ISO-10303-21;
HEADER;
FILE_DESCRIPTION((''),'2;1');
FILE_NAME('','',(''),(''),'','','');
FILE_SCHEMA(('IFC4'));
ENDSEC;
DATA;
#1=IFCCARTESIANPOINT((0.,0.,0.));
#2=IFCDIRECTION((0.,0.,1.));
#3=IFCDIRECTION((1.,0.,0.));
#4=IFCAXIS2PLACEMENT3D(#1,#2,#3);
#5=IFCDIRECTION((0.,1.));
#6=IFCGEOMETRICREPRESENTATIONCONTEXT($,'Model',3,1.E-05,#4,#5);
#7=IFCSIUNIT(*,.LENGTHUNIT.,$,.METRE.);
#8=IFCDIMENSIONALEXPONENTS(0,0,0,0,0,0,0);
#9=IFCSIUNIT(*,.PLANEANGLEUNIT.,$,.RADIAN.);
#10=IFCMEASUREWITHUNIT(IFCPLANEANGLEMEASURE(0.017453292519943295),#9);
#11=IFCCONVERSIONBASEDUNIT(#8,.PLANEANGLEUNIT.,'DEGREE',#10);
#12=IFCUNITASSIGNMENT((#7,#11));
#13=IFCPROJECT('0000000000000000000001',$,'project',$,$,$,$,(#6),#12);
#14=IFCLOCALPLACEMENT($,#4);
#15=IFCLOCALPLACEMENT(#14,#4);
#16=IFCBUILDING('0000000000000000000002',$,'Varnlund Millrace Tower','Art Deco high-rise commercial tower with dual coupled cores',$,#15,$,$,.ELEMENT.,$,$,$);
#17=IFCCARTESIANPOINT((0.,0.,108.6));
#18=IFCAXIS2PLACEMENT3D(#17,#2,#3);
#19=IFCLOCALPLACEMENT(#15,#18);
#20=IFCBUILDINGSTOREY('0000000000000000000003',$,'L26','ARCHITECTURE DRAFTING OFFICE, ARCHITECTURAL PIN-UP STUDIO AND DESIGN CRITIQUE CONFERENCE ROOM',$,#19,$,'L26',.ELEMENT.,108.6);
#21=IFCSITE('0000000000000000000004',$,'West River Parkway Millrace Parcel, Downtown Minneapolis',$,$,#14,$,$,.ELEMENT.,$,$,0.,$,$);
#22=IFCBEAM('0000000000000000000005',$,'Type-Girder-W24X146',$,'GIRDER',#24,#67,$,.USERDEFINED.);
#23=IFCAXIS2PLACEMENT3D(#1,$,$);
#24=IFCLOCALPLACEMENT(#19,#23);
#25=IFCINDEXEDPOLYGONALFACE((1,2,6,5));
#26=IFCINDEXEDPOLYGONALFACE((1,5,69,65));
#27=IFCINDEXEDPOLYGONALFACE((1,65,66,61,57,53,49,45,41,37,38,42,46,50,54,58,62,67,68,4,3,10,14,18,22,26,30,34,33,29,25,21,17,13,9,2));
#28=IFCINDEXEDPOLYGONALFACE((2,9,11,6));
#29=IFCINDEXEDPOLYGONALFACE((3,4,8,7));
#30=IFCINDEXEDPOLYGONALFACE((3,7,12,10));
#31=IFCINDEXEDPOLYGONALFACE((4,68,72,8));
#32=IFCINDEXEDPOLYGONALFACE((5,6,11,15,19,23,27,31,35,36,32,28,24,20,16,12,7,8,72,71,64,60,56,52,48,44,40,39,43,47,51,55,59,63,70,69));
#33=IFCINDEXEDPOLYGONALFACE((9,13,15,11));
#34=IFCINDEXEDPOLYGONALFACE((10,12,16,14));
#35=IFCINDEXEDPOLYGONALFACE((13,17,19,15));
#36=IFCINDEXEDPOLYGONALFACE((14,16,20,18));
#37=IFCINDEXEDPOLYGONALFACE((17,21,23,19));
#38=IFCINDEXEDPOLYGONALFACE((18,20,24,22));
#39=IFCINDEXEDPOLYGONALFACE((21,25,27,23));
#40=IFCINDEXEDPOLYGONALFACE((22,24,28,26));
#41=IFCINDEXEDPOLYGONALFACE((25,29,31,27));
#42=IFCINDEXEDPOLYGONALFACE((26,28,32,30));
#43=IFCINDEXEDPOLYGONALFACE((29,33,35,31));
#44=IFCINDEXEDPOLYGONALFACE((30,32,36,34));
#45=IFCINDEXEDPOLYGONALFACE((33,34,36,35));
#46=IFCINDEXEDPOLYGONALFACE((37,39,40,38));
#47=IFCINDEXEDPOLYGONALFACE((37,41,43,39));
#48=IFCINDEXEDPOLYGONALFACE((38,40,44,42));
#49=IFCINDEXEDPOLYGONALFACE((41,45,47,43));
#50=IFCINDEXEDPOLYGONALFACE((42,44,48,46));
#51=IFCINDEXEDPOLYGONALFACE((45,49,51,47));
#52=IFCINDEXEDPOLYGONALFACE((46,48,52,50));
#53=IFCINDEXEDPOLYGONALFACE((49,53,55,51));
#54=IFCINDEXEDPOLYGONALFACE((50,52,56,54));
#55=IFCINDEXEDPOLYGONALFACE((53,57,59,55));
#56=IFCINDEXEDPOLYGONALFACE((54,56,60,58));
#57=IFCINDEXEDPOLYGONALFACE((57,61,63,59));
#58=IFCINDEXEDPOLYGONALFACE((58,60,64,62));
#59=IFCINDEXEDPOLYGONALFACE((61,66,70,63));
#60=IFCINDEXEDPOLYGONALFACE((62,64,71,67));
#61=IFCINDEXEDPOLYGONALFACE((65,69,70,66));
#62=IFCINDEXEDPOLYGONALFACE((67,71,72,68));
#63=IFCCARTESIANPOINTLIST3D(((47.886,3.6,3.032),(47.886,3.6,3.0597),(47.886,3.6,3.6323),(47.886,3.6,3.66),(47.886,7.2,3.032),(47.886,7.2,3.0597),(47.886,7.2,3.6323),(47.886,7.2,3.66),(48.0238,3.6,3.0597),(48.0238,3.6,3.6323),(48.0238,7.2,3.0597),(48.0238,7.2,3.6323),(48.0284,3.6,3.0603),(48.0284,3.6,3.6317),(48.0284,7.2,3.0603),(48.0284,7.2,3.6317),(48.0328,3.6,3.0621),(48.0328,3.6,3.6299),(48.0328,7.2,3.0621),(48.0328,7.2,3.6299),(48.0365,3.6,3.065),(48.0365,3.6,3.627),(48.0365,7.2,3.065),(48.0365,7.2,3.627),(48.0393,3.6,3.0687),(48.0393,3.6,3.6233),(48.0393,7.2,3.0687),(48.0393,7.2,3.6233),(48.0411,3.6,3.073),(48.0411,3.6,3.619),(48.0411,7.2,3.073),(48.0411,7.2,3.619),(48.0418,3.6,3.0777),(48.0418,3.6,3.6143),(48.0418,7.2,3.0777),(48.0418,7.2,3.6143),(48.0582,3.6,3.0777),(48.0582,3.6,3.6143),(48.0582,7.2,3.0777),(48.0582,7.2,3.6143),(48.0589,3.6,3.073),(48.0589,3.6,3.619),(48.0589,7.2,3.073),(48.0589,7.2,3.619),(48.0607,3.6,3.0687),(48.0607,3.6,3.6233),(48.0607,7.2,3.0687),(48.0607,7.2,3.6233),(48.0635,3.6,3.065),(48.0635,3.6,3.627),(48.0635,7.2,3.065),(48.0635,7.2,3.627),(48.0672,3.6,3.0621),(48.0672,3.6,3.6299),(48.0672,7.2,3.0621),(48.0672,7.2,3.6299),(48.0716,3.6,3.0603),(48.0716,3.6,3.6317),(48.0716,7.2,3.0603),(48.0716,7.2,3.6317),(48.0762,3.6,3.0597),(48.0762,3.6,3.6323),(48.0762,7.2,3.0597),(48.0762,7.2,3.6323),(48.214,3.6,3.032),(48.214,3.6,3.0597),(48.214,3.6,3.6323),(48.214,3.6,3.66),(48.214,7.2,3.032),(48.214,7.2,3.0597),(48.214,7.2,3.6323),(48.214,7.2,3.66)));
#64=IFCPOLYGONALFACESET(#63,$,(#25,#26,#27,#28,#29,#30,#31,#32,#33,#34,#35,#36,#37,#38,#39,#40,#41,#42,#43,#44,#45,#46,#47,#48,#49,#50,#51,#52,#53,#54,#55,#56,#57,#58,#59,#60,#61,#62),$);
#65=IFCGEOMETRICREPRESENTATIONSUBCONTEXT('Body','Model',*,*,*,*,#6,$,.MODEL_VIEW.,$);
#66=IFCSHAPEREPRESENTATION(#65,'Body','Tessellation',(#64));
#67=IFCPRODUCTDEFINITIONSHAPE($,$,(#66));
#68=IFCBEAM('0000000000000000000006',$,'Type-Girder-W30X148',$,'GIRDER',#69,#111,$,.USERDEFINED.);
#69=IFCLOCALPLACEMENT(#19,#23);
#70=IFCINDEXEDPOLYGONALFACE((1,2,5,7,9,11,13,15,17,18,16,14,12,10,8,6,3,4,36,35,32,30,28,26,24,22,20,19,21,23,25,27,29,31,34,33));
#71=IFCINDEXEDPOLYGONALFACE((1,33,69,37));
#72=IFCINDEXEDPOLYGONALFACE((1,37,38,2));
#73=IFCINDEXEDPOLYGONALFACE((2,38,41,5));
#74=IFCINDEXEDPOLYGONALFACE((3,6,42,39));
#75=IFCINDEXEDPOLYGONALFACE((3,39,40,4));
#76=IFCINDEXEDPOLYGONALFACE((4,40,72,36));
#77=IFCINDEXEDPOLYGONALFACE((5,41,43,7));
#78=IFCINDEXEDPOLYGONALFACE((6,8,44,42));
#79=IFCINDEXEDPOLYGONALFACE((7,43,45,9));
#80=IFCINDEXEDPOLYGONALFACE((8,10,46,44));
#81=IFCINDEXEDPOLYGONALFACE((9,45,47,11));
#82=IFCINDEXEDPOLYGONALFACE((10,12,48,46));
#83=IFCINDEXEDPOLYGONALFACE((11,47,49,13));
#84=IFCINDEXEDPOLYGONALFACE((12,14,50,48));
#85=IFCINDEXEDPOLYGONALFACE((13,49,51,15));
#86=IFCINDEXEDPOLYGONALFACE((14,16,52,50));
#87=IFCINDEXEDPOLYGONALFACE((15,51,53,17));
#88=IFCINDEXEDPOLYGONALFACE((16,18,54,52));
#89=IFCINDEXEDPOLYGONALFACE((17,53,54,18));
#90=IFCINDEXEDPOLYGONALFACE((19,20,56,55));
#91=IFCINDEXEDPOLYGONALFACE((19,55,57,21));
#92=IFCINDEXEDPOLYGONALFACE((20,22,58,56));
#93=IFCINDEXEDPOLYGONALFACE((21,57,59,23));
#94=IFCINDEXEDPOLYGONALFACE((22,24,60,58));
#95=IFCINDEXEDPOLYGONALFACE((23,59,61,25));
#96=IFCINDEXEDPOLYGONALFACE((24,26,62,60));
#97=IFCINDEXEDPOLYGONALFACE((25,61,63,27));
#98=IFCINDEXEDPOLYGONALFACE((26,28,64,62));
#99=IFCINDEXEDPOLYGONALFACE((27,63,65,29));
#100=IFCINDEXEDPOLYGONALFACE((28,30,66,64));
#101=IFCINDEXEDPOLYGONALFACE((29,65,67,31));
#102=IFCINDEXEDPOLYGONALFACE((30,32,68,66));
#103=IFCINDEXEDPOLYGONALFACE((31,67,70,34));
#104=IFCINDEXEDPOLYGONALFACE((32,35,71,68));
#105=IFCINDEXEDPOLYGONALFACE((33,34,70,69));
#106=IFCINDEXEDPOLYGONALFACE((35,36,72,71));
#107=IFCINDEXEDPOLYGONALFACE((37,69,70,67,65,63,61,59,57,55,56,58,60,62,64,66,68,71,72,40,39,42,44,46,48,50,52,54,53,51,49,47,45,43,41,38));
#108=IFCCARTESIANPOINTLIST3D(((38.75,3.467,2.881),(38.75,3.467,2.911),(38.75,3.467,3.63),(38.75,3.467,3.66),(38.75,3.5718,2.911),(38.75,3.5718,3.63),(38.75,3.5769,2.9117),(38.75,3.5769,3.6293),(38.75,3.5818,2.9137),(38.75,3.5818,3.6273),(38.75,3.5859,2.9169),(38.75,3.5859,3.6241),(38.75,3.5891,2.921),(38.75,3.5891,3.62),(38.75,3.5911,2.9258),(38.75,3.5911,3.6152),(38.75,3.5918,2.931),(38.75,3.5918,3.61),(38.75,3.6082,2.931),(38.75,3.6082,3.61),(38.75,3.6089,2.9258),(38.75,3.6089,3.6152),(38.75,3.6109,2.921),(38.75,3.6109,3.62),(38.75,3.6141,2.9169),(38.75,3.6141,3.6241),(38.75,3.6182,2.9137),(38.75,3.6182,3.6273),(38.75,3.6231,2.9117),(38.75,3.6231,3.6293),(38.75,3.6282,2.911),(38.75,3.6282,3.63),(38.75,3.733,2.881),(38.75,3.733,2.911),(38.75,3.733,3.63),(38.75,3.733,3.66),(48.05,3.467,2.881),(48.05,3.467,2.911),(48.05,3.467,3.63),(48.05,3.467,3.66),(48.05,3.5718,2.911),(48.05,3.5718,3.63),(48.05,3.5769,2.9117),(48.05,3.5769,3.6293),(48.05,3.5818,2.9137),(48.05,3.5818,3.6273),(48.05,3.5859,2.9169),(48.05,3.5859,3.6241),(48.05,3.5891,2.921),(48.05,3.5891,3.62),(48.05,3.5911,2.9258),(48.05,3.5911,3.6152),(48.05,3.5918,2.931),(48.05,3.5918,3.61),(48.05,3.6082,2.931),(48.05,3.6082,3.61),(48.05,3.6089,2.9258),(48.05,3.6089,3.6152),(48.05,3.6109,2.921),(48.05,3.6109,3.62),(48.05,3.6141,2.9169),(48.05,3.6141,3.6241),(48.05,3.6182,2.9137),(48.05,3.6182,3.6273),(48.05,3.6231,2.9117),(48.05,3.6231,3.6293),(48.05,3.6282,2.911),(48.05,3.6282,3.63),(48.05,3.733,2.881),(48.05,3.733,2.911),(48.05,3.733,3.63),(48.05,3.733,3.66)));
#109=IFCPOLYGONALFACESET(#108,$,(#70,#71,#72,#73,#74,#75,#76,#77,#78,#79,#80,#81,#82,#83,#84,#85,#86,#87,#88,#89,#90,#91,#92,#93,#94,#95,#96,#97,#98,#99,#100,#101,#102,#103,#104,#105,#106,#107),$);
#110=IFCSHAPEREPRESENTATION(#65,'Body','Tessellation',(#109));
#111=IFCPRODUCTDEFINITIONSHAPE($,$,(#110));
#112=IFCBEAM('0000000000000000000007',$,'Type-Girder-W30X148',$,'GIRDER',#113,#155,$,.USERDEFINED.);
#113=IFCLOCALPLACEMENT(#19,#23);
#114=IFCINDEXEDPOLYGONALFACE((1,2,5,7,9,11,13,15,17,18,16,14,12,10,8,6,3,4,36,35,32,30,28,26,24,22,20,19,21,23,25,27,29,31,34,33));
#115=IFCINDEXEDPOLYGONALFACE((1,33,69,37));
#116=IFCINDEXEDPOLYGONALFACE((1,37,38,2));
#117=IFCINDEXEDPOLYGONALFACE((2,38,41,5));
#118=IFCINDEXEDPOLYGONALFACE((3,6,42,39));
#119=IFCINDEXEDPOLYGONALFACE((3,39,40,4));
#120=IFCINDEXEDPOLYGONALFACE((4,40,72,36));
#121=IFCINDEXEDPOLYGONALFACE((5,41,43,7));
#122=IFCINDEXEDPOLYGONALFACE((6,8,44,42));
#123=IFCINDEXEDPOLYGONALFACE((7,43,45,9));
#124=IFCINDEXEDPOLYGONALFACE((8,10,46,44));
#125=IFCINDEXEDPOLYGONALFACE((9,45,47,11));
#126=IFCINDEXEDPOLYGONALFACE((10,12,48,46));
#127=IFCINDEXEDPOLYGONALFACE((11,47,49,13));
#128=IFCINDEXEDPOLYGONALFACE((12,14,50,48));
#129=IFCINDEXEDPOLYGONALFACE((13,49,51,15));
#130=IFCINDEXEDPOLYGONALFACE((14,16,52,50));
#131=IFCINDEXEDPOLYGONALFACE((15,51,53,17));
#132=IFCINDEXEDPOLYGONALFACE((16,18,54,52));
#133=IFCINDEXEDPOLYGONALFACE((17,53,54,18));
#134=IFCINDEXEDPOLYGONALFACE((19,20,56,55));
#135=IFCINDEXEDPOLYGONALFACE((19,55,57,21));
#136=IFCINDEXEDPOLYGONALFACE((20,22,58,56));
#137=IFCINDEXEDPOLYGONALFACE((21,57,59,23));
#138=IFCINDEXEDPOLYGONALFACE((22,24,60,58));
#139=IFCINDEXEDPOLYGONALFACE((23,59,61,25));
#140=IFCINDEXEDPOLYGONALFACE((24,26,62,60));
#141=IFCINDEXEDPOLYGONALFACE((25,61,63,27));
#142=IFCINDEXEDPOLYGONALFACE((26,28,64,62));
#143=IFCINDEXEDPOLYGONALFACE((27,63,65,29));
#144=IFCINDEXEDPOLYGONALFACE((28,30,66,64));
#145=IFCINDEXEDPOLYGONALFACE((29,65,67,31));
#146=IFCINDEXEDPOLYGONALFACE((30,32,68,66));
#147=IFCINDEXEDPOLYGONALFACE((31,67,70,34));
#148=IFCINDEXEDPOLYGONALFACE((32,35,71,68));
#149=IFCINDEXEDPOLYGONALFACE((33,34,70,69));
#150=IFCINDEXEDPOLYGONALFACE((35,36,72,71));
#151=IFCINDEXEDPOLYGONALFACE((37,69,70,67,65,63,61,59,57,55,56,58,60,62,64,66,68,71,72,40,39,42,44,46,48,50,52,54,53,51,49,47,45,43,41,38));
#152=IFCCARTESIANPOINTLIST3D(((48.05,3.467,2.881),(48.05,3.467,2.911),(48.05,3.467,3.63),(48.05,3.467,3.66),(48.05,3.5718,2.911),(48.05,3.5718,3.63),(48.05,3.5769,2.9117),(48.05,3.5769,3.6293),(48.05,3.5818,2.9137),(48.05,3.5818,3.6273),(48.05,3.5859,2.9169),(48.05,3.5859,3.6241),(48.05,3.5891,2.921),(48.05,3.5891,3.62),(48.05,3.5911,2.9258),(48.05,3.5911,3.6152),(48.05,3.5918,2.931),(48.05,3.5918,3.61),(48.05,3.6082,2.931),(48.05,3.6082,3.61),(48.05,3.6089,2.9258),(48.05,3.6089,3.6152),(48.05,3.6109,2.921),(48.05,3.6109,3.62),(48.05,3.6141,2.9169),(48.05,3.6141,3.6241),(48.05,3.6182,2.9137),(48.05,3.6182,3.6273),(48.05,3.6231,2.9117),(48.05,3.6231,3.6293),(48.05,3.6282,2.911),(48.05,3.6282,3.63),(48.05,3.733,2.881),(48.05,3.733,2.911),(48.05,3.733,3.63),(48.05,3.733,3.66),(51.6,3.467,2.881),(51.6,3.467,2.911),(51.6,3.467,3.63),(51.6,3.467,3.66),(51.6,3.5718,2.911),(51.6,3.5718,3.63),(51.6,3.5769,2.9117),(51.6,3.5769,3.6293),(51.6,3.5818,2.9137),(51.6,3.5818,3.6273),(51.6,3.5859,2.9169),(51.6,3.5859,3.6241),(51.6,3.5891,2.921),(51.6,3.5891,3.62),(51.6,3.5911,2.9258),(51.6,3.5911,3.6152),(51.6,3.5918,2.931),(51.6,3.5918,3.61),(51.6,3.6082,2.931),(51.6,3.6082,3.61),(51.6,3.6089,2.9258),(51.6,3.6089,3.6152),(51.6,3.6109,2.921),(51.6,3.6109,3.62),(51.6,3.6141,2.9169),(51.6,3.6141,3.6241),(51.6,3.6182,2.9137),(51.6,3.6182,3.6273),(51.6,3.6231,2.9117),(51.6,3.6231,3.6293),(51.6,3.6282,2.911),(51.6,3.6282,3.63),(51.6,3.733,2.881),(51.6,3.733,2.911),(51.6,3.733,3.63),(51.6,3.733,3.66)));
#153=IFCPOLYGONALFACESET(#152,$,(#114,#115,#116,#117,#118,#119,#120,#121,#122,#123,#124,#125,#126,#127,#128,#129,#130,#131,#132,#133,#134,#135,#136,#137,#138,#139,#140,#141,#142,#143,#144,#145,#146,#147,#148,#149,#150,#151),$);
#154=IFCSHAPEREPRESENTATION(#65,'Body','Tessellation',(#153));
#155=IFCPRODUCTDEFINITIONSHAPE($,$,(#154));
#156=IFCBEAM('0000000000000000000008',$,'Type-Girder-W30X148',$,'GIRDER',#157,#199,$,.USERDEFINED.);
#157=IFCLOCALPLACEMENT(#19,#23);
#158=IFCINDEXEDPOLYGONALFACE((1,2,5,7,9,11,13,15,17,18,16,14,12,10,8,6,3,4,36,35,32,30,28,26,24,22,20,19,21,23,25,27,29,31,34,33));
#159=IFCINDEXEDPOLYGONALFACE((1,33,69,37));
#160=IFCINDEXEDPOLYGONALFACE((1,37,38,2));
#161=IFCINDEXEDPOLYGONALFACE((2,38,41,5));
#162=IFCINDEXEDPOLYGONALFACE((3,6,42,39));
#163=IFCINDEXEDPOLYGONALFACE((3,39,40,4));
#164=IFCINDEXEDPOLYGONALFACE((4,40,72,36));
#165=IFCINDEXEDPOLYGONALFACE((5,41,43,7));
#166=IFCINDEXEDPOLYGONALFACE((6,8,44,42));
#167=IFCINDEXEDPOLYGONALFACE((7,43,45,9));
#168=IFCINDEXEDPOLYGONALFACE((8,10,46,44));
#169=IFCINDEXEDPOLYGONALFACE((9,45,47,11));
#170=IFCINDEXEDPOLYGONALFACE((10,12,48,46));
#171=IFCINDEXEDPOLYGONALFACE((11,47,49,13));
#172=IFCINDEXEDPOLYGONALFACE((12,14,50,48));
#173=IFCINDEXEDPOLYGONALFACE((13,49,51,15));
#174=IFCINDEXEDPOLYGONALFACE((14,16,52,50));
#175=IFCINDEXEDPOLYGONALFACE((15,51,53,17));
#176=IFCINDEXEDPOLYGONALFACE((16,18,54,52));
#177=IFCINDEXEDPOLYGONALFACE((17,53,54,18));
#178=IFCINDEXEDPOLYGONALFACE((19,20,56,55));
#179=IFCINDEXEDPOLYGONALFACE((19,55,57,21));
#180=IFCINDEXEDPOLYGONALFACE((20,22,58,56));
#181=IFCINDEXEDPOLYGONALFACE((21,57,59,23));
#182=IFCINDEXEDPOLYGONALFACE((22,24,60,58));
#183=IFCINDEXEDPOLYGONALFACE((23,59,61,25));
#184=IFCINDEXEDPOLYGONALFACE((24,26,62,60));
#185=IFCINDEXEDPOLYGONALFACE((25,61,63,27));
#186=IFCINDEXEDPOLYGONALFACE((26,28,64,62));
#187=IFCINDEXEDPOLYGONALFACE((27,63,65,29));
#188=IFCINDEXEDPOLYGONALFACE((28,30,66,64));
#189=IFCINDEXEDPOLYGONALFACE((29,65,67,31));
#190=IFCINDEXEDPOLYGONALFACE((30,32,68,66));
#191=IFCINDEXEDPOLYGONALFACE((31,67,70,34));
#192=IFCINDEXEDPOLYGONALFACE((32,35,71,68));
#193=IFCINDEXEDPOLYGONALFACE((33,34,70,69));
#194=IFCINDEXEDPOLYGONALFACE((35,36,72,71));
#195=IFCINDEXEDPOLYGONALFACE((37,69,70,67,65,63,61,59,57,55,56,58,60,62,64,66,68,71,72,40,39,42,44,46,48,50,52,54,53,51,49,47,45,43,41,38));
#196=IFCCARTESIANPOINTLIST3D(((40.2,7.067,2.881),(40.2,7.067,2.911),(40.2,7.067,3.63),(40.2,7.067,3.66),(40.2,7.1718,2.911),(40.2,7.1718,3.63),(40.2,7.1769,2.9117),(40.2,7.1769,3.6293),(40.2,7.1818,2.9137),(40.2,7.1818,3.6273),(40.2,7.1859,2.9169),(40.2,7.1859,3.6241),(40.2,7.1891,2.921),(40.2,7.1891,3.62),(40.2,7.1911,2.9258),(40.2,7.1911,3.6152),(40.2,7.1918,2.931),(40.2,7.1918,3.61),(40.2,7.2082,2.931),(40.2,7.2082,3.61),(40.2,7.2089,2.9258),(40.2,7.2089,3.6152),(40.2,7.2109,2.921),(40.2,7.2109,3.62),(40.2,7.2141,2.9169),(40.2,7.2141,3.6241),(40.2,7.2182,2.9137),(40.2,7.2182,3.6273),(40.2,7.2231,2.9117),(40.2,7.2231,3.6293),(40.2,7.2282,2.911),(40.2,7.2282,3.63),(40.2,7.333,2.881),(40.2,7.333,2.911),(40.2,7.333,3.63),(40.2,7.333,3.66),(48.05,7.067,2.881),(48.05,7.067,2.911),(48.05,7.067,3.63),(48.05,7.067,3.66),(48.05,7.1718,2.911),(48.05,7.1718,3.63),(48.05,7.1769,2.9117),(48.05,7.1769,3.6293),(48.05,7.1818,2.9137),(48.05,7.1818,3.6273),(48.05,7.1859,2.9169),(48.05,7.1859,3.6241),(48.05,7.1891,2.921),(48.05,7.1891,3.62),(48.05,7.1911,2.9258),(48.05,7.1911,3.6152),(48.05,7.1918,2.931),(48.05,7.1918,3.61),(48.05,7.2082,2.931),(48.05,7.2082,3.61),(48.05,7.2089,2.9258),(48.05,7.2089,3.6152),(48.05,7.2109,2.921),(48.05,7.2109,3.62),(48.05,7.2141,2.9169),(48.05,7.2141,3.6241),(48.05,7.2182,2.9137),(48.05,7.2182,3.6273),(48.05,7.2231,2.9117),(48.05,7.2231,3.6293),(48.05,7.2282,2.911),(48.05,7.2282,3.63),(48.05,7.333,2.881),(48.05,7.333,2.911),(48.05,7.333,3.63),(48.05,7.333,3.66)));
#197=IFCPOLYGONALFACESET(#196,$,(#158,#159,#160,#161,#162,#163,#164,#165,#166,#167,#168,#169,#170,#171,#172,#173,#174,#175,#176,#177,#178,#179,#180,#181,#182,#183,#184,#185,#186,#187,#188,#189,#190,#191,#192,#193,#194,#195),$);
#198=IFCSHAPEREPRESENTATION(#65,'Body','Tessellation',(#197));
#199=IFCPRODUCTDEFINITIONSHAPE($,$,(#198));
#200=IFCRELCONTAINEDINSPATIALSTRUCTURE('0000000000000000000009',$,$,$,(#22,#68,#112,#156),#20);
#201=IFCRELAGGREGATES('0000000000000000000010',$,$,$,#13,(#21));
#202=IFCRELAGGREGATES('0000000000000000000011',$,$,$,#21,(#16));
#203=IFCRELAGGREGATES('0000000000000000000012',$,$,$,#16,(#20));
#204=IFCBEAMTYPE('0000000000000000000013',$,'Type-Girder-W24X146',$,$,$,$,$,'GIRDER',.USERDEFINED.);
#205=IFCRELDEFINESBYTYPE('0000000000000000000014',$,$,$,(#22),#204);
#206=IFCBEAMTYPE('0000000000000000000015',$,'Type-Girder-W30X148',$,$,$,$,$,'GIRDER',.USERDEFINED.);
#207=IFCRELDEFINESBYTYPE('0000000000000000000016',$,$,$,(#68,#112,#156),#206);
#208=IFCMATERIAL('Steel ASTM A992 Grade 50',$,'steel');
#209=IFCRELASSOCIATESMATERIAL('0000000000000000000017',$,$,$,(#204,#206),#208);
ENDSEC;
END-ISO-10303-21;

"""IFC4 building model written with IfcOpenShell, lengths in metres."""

from ifc_helpers import new_model, entity, si_unit, converted_unit, direction, frame, origin_with_axes, origin_2d_with_axis, place, context, subcontext, project, spatial, i_section, extrude, material, material_profile, profile_set, type_object, element, save


model = new_model("IFC4")

# Units and contexts
model_context = context("Model", 3, precision=1e-05, world=origin_with_axes(), true_north=direction((0.0, 1.0)))
body_context = subcontext(model_context, "Body", "Model", "MODEL_VIEW")
ifc_project = project(units=[si_unit("LENGTHUNIT", "METRE"), converted_unit("PLANEANGLEUNIT", "DEGREE", entity("IfcPlaneAngleMeasure", 0.017453292519943295), si_unit("PLANEANGLEUNIT", "RADIAN"), dimensions=[0, 0, 0, 0, 0, 0, 0])], contexts=[model_context])

# Site, building, storey
site_placement = place(None, origin_with_axes())
site = spatial("IfcSite", under=ifc_project, at=site_placement, Name="West River Parkway Millrace Parcel, Downtown Minneapolis", CompositionType="ELEMENT", RefElevation=0.0)
building_placement = place(site_placement, origin_with_axes())
building = spatial("IfcBuilding", under=site, at=building_placement, Name="Varnlund Millrace Tower", Description="Art Deco high-rise commercial tower with dual coupled cores", CompositionType="ELEMENT")
storey_placement = place(building_placement, frame((0.0, 0.0, 108.6), z_axis=(0.0, 0.0, 1.0), x_axis=(1.0, 0.0, 0.0)))
storey = spatial("IfcBuildingStorey", under=building, at=storey_placement, Name="L26", Description="ARCHITECTURE DRAFTING OFFICE, ARCHITECTURAL PIN-UP STUDIO AND DESIGN CRITIQUE CONFERENCE ROOM", LongName="L26", CompositionType="ELEMENT", Elevation=108.6)

# Beams
ifc_material_1 = material(Name="Steel ASTM A992 Grade 50", Category="steel")
ifc_material_profile_1 = material_profile(ifc_material_1, i_section(OverallWidth=0.328, OverallDepth=0.628, WebThickness=0.0165, FlangeThickness=0.0277, FilletRadius=0.018, at=origin_2d_with_axis()), Name="Steel ASTM A992 Grade 50")
ifc_profile_set_1 = profile_set([ifc_material_profile_1], Name="Steel ASTM A992 Grade 50")
beam_type_1 = type_object("IfcBeamType", Name="Type-Girder-W24X146", ElementType="GIRDER", PredefinedType="USERDEFINED", material=ifc_profile_set_1)
beam_1_placement = place(storey_placement, frame((48.05, 3.6, 3.346), z_axis=(0.0, 1.0, 0.0), x_axis=(-1.0, 0.0, 0.0)))
element("IfcBeam", 1, at=beam_1_placement, inside=storey, type_object=beam_type_1, Name="Type-Girder-W24X146", ObjectType="GIRDER", PredefinedType="USERDEFINED", context=body_context, shape_type="SweptSolid", body=[
    extrude(i_section(OverallWidth=0.328, OverallDepth=0.628, WebThickness=0.0165, FlangeThickness=0.0277, FilletRadius=0.018, at=origin_2d_with_axis()), origin_with_axes(), (0.0, 0.0, 1.0), 3.6),
])
ifc_material_profile_2 = material_profile(ifc_material_1, i_section(OverallWidth=0.266, OverallDepth=0.779, WebThickness=0.0165, FlangeThickness=0.03, FilletRadius=0.02, at=origin_2d_with_axis()), Name="Steel ASTM A992 Grade 50")
ifc_profile_set_2 = profile_set([ifc_material_profile_2], Name="Steel ASTM A992 Grade 50")
beam_type_2 = type_object("IfcBeamType", Name="Type-Girder-W30X148", ElementType="GIRDER", PredefinedType="USERDEFINED", material=ifc_profile_set_2)
beam_2_placement = place(storey_placement, frame((38.75, 3.6, 3.2705), z_axis=(1.0, 0.0, 0.0), x_axis=(0.0, 1.0, 0.0)))
element("IfcBeam", 2, at=beam_2_placement, inside=storey, type_object=beam_type_2, Name="Type-Girder-W30X148", ObjectType="GIRDER", PredefinedType="USERDEFINED", context=body_context, shape_type="SweptSolid", body=[
    extrude(i_section(OverallWidth=0.266, OverallDepth=0.779, WebThickness=0.0165, FlangeThickness=0.03, FilletRadius=0.02, at=origin_2d_with_axis()), origin_with_axes(), (0.0, 0.0, 1.0), 9.3),
])
beam_3_placement = place(storey_placement, frame((48.05, 3.6, 3.2705), z_axis=(1.0, 0.0, 0.0), x_axis=(0.0, 1.0, 0.0)))
element("IfcBeam", 3, at=beam_3_placement, inside=storey, type_object=beam_type_2, Name="Type-Girder-W30X148", ObjectType="GIRDER", PredefinedType="USERDEFINED", context=body_context, shape_type="SweptSolid", body=[
    extrude(i_section(OverallWidth=0.266, OverallDepth=0.779, WebThickness=0.0165, FlangeThickness=0.03, FilletRadius=0.02, at=origin_2d_with_axis()), origin_with_axes(), (0.0, 0.0, 1.0), 3.55),
])
beam_4_placement = place(storey_placement, frame((40.2, 7.2, 3.2705), z_axis=(1.0, 0.0, 0.0), x_axis=(0.0, 1.0, 0.0)))
element("IfcBeam", 4, at=beam_4_placement, inside=storey, type_object=beam_type_2, Name="Type-Girder-W30X148", ObjectType="GIRDER", PredefinedType="USERDEFINED", context=body_context, shape_type="SweptSolid", body=[
    extrude(i_section(OverallWidth=0.266, OverallDepth=0.779, WebThickness=0.0165, FlangeThickness=0.03, FilletRadius=0.02, at=origin_2d_with_axis()), origin_with_axes(), (0.0, 0.0, 1.0), 7.85),
])

save(model, "model.ifc")
